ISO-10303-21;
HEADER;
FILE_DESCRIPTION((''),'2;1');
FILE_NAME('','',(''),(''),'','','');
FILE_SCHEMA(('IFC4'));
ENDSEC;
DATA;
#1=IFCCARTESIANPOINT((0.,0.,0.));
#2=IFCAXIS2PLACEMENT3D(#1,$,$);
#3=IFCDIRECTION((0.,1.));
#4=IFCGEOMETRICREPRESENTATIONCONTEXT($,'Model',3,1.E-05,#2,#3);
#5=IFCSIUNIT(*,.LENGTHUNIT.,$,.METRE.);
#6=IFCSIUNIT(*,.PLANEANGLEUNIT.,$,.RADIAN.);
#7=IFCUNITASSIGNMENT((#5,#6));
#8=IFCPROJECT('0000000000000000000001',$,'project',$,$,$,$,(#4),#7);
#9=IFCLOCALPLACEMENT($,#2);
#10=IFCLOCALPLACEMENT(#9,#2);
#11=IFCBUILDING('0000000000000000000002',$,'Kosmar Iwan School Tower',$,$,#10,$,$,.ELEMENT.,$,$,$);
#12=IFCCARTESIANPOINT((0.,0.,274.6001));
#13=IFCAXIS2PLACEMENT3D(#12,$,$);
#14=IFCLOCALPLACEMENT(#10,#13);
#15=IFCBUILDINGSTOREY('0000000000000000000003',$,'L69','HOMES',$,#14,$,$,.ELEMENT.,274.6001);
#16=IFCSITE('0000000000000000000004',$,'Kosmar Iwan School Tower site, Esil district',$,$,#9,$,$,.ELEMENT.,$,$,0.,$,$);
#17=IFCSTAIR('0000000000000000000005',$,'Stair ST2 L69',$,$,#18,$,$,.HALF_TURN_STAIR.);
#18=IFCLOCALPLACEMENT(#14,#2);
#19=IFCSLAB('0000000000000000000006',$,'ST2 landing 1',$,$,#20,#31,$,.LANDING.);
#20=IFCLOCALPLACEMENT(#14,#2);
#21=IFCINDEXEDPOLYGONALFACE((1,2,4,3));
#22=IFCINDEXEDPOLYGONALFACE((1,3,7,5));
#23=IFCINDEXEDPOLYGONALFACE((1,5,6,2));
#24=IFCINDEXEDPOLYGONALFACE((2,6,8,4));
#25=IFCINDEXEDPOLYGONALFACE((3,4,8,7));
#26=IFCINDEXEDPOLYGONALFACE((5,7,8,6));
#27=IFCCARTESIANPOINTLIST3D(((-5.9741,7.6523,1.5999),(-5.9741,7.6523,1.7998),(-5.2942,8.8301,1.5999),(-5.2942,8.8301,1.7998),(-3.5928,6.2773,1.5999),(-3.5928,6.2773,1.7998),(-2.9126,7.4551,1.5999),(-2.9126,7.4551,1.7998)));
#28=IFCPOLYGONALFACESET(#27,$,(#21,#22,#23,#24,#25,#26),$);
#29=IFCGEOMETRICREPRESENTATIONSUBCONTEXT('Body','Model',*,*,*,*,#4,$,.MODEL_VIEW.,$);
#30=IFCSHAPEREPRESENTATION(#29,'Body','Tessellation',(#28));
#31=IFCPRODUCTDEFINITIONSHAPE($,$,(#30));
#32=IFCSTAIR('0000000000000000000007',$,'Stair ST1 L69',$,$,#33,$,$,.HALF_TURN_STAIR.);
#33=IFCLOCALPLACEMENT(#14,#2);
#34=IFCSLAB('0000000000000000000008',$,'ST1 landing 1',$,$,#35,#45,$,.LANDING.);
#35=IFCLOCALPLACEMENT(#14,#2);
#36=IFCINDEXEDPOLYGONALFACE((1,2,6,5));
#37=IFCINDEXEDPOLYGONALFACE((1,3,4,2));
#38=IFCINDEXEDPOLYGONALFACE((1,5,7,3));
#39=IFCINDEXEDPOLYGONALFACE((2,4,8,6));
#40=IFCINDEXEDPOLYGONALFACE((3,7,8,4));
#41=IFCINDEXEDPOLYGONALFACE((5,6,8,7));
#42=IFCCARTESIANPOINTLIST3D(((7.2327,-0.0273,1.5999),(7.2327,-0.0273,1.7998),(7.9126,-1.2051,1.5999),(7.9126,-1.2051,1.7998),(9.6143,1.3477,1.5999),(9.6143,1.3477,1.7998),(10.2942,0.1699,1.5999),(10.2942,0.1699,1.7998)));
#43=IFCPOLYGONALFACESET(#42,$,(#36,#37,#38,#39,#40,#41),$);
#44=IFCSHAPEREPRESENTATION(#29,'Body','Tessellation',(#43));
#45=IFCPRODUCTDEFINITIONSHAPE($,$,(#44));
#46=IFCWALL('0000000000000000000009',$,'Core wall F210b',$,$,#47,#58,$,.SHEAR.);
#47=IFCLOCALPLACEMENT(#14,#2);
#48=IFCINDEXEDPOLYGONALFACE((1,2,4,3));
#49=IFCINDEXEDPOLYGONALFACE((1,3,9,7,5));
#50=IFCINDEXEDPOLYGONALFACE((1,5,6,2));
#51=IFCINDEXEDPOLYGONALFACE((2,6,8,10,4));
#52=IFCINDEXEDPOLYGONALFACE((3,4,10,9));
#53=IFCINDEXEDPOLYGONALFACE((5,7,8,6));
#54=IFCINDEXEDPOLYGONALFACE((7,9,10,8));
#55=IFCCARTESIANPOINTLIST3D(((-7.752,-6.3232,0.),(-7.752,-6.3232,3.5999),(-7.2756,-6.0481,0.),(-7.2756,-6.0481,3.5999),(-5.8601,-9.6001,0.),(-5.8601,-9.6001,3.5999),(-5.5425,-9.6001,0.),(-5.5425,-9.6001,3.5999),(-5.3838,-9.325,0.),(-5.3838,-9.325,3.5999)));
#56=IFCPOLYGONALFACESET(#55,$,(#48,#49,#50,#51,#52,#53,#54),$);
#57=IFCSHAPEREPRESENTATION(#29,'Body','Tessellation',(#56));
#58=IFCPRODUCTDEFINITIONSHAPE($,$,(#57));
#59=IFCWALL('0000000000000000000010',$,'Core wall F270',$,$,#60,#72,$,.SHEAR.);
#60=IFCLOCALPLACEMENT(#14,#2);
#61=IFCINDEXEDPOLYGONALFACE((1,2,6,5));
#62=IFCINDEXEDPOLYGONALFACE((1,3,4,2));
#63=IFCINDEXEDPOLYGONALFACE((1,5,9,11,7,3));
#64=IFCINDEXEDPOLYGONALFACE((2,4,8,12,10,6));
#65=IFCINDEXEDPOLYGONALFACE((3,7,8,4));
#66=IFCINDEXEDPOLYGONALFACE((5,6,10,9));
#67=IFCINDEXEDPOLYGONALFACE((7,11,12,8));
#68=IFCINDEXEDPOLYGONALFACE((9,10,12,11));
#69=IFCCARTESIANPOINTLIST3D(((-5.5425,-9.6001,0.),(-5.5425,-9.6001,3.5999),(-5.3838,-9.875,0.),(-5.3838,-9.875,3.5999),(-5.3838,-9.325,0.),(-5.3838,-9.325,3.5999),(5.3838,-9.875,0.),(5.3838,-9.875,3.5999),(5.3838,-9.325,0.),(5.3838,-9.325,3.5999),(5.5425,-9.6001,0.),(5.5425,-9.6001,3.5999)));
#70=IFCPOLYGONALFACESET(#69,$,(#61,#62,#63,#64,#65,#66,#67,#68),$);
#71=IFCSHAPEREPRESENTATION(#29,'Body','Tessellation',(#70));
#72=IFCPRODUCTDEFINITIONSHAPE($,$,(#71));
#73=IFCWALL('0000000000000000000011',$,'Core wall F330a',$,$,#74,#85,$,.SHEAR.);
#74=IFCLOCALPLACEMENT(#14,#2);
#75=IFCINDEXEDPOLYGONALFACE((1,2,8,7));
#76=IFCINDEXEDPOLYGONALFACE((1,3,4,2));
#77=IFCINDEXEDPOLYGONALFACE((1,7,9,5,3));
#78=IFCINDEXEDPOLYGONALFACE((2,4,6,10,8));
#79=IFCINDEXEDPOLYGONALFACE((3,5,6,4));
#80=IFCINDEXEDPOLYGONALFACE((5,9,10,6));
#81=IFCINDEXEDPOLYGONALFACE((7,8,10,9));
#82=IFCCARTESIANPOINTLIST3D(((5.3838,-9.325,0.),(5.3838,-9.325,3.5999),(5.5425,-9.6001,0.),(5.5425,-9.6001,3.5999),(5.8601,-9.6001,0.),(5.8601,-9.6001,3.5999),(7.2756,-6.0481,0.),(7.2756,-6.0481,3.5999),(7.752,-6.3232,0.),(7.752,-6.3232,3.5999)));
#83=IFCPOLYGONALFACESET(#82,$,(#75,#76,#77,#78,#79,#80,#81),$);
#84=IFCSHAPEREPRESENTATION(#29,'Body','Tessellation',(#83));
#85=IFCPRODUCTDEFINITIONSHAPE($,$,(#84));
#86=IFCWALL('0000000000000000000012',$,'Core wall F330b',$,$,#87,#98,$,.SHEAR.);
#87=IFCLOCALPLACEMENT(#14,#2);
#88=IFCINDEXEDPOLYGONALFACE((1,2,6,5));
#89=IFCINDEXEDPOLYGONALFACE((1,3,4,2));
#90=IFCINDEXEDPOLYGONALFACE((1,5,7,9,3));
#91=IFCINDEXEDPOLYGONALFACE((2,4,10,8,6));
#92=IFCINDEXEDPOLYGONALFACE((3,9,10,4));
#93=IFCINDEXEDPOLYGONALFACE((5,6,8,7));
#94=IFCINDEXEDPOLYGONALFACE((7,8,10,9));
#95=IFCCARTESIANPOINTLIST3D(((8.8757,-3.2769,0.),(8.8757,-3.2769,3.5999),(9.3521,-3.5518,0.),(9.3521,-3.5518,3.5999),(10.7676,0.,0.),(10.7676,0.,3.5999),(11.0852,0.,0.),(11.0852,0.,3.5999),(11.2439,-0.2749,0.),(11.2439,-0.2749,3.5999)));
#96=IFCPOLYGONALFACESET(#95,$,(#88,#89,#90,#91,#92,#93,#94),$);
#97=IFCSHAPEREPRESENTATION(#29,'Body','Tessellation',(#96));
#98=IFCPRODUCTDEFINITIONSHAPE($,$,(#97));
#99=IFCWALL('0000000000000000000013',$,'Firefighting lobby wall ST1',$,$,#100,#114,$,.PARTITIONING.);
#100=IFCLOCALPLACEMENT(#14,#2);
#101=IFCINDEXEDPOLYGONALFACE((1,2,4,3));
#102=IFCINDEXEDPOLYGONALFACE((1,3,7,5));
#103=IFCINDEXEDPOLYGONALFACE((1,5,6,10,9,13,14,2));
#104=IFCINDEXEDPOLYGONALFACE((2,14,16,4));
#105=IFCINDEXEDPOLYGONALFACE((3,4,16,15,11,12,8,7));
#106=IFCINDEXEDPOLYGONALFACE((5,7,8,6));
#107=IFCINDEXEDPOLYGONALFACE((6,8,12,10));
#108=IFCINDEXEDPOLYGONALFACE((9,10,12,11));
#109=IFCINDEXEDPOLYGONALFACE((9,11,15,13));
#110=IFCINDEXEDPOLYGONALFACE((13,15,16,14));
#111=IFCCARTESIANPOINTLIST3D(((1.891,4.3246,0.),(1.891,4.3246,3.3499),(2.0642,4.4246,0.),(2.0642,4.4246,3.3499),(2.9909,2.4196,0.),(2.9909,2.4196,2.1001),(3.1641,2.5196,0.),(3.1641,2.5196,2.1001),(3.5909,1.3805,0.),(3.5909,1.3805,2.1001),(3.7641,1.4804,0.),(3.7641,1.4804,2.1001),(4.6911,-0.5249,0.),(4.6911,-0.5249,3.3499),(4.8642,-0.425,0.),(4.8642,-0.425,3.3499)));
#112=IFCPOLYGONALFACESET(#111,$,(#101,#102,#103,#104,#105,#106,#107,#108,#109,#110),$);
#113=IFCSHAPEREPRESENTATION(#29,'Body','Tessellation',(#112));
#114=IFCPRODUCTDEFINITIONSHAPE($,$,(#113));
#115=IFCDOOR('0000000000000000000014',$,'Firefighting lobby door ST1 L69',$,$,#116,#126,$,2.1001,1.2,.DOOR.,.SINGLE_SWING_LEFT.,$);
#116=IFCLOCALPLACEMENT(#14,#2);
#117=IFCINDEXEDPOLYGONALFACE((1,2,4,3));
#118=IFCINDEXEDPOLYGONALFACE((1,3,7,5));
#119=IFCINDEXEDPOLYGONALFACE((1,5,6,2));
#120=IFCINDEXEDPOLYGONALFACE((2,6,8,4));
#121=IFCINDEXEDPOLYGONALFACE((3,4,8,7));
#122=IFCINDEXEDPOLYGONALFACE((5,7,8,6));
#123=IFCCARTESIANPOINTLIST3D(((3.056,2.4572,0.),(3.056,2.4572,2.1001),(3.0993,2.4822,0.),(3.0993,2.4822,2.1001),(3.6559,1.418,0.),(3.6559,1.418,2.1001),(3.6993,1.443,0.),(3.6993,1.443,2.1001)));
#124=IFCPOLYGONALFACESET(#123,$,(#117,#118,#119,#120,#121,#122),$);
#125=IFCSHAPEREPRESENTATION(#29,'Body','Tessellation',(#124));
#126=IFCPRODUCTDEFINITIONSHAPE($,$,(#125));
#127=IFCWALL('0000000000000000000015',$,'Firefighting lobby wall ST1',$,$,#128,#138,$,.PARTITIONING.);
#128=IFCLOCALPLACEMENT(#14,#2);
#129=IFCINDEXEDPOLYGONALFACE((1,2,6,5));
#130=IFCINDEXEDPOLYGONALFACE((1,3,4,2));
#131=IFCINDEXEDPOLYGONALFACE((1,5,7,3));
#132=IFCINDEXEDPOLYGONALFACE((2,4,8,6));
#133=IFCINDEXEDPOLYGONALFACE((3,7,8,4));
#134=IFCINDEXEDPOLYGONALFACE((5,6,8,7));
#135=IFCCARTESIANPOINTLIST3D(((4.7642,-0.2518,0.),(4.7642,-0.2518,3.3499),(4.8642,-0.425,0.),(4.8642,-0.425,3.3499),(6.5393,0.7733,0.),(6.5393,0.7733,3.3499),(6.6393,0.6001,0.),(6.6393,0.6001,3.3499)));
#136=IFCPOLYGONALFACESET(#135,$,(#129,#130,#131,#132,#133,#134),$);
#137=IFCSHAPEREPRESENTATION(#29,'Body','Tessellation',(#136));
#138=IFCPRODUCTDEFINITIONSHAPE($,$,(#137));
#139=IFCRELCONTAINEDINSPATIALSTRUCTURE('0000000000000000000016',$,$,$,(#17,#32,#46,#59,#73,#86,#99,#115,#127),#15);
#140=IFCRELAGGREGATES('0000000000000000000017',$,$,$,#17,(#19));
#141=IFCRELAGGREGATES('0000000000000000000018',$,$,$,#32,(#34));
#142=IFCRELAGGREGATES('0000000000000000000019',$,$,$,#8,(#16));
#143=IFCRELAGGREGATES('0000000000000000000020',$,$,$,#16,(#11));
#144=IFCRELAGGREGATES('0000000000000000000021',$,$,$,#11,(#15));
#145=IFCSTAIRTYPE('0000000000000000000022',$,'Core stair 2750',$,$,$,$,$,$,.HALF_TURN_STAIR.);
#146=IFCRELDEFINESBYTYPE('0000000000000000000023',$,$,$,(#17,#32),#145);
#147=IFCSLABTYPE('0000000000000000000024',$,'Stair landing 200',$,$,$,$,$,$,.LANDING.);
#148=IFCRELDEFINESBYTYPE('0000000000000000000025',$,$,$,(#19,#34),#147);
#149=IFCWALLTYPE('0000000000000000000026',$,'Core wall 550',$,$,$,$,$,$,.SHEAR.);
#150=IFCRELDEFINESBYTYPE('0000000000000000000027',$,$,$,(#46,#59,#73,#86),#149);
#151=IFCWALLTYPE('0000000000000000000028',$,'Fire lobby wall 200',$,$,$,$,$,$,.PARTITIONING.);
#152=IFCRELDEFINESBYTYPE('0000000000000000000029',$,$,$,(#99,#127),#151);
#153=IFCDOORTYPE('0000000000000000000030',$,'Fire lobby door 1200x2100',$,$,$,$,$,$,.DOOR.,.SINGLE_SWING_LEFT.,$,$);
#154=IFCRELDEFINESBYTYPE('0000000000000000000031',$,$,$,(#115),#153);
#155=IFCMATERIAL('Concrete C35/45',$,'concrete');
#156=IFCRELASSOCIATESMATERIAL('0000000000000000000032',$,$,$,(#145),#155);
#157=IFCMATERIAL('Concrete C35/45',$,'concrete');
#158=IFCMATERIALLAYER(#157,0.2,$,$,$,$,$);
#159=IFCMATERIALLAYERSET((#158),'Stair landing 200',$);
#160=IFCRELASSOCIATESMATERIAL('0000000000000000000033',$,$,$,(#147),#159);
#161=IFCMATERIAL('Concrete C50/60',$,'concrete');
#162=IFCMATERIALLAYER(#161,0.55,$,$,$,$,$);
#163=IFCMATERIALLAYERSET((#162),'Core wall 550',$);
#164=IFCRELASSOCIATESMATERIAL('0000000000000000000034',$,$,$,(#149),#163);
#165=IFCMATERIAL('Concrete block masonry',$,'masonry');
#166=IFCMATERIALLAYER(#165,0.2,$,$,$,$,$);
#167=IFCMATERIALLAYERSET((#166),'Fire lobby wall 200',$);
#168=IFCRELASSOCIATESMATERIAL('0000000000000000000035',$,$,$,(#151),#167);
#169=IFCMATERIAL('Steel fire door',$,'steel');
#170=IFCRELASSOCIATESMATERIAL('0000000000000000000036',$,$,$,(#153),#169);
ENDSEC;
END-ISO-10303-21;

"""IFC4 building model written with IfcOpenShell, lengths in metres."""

from ifc_helpers import new_model, si_unit, direction, frame, frame_2d, origin, place, context, subcontext, project, spatial, polyline, rectangle, outline, extrude, material, layer, layer_set, type_object, element, fill, aggregate, save


model = new_model("IFC4")

# Units and contexts
model_context = context("Model", 3, precision=1e-05, world=origin(), true_north=direction((0.0, 1.0)))
body_context = subcontext(model_context, "Body", "Model", "MODEL_VIEW")
ifc_project = project(units=[si_unit("LENGTHUNIT", "METRE"), si_unit("PLANEANGLEUNIT", "RADIAN")], contexts=[model_context])

# Site, building, storey
site_placement = place(None, origin())
site = spatial("IfcSite", under=ifc_project, at=site_placement, Name="Kosmar Iwan School Tower site, Esil district", CompositionType="ELEMENT", RefElevation=0.0)
building_placement = place(site_placement, origin())
building = spatial("IfcBuilding", under=site, at=building_placement, Name="Kosmar Iwan School Tower", CompositionType="ELEMENT")
storey_placement = place(building_placement, frame((0.0, 0.0, 274.6001)))
storey = spatial("IfcBuildingStorey", under=building, at=storey_placement, Name="L69", Description="HOMES", CompositionType="ELEMENT", Elevation=274.6001)

# Stairs, slabs
ifc_material_1 = material(Name="Concrete C35/45", Category="concrete")
stair_type = type_object("IfcStairType", Name="Core stair 2750", PredefinedType="HALF_TURN_STAIR", material=ifc_material_1)
stair_1_placement = place(storey_placement, origin())
stair_1 = element("IfcStair", 1, at=stair_1_placement, inside=storey, type_object=stair_type, Name="Stair ST2 L69", PredefinedType="HALF_TURN_STAIR")
ifc_material_2 = material(Name="Concrete C35/45", Category="concrete")
ifc_layer_1 = layer(ifc_material_2, 0.2)
ifc_layer_set_1 = layer_set([ifc_layer_1], Name="Stair landing 200")
slab_type = type_object("IfcSlabType", Name="Stair landing 200", PredefinedType="LANDING", material=ifc_layer_set_1)
slab_1_placement = place(storey_placement, frame((0.0, 0.0, 1.5999)))
slab_1 = element("IfcSlab", 2, at=slab_1_placement, type_object=slab_type, Name="ST2 landing 1", PredefinedType="LANDING", context=body_context, shape_type="SweptSolid", body=[
    extrude(outline(polyline([(-2.9126, 7.4551), (-5.2942, 8.8301), (-5.9741, 7.6523), (-3.5928, 6.2773), (-2.9126, 7.4551)])), origin(), (0.0, 0.0, 1.0), 0.2),
])
aggregate(stair_1, [slab_1])
stair_2_placement = place(storey_placement, origin())
stair_2 = element("IfcStair", 3, at=stair_2_placement, inside=storey, type_object=stair_type, Name="Stair ST1 L69", PredefinedType="HALF_TURN_STAIR")
slab_2_placement = place(storey_placement, frame((0.0, 0.0, 1.5999)))
slab_2 = element("IfcSlab", 4, at=slab_2_placement, type_object=slab_type, Name="ST1 landing 1", PredefinedType="LANDING", context=body_context, shape_type="SweptSolid", body=[
    extrude(outline(polyline([(7.9126, -1.2051), (10.2942, 0.1699), (9.6143, 1.3477), (7.2327, -0.0273), (7.9126, -1.2051)])), origin(), (0.0, 0.0, 1.0), 0.2),
])
aggregate(stair_2, [slab_2])

# Walls
ifc_material_3 = material(Name="Concrete C50/60", Category="concrete")
ifc_layer_2 = layer(ifc_material_3, 0.55)
ifc_layer_set_2 = layer_set([ifc_layer_2], Name="Core wall 550")
wall_type_1 = type_object("IfcWallType", Name="Core wall 550", PredefinedType="SHEAR", material=ifc_layer_set_2)
wall_1_placement = place(storey_placement, origin())
element("IfcWall", 5, at=wall_1_placement, inside=storey, type_object=wall_type_1, Name="Core wall F210b", PredefinedType="SHEAR", context=body_context, shape_type="SweptSolid", body=[
    extrude(outline(polyline([(-5.8601, -9.6001), (-5.5425, -9.6001), (-5.3838, -9.325), (-7.2756, -6.0481), (-7.752, -6.3232), (-5.8601, -9.6001)])), origin(), (0.0, 0.0, 1.0), 3.5999),
])
wall_2_placement = place(storey_placement, origin())
element("IfcWall", 6, at=wall_2_placement, inside=storey, type_object=wall_type_1, Name="Core wall F270", PredefinedType="SHEAR", context=body_context, shape_type="SweptSolid", body=[
    extrude(outline(polyline([(-5.3838, -9.875), (5.3838, -9.875), (5.5425, -9.6001), (5.3838, -9.325), (-5.3838, -9.325), (-5.5425, -9.6001), (-5.3838, -9.875)])), origin(), (0.0, 0.0, 1.0), 3.5999),
])
wall_3_placement = place(storey_placement, origin())
element("IfcWall", 7, at=wall_3_placement, inside=storey, type_object=wall_type_1, Name="Core wall F330a", PredefinedType="SHEAR", context=body_context, shape_type="SweptSolid", body=[
    extrude(outline(polyline([(5.5425, -9.6001), (5.8601, -9.6001), (7.752, -6.3232), (7.2756, -6.0481), (5.3838, -9.325), (5.5425, -9.6001)])), origin(), (0.0, 0.0, 1.0), 3.5999),
])
wall_4_placement = place(storey_placement, origin())
element("IfcWall", 8, at=wall_4_placement, inside=storey, type_object=wall_type_1, Name="Core wall F330b", PredefinedType="SHEAR", context=body_context, shape_type="SweptSolid", body=[
    extrude(outline(polyline([(9.3521, -3.5518), (11.2439, -0.2749), (11.0852, 0.0), (10.7676, 0.0), (8.8757, -3.2769), (9.3521, -3.5518)])), origin(), (0.0, 0.0, 1.0), 3.5999),
])

# Wall, opening, door
ifc_material_4 = material(Name="Concrete block masonry", Category="masonry")
ifc_layer_3 = layer(ifc_material_4, 0.2)
ifc_layer_set_3 = layer_set([ifc_layer_3], Name="Fire lobby wall 200")
wall_type_2 = type_object("IfcWallType", Name="Fire lobby wall 200", PredefinedType="PARTITIONING", material=ifc_layer_set_3)
wall_5_placement = place(storey_placement, frame((4.7776, -0.4749, 0.0), z_axis=(0.0, 0.0, 1.0), x_axis=(-0.500017, 0.866016, 0.0)))
wall_5 = element("IfcWall", 9, at=wall_5_placement, inside=storey, type_object=wall_type_2, Name="Firefighting lobby wall ST1", PredefinedType="PARTITIONING", context=body_context, shape_type="SweptSolid", body=[
    extrude(rectangle(XDim=5.5999, YDim=0.2, at=frame_2d((2.7998, 0.0))), origin(), (0.0, 0.0, 1.0), 3.3499),
])
opening_placement = place(wall_5_placement, frame((2.2, 0.0, 0.0)))
opening = element("IfcOpeningElement", 10, at=opening_placement, cuts=wall_5, PredefinedType="OPENING", context=body_context, shape_type="SweptSolid", body=[
    extrude(rectangle(XDim=1.2, YDim=2.1001, at=frame_2d((0.6001, 1.05))), frame((0.0, 0.1121, 0.0), z_axis=(0.0, -1.0, 0.0), x_axis=(1.0, 0.0, 0.0)), (0.0, 0.0, 1.0), 0.2239),
])
ifc_material_5 = material(Name="Steel fire door", Category="steel")
door_type = type_object("IfcDoorType", Name="Fire lobby door 1200x2100", OperationType="SINGLE_SWING_LEFT", PredefinedType="DOOR", material=ifc_material_5)
door_placement = place(opening_placement, origin())
door = element("IfcDoor", 11, at=door_placement, inside=storey, type_object=door_type, Name="Firefighting lobby door ST1 L69", OperationType="SINGLE_SWING_LEFT", OverallHeight=2.1001, OverallWidth=1.2, PredefinedType="DOOR", context=body_context, shape_type="SweptSolid", body=[
    extrude(rectangle(XDim=1.2, YDim=2.1001, at=frame_2d((0.6001, 1.05))), frame((0.0, 0.0249, 0.0), z_axis=(0.0, -1.0, 0.0), x_axis=(1.0, 0.0, 0.0)), (0.0, 0.0, 1.0), 0.05),
])
fill(opening, door)

# Wall
wall_6_placement = place(storey_placement, frame((4.8142, -0.3384, 0.0), z_axis=(0.0, 0.0, 1.0), x_axis=(0.865969, 0.500097, 0.0)))
element("IfcWall", 12, at=wall_6_placement, inside=storey, type_object=wall_type_2, Name="Firefighting lobby wall ST1", PredefinedType="PARTITIONING", context=body_context, shape_type="SweptSolid", body=[
    extrude(rectangle(XDim=2.0498, YDim=0.2, at=frame_2d((1.0249, 0.0))), origin(), (0.0, 0.0, 1.0), 3.3499),
])

save(model, "model.ifc")
